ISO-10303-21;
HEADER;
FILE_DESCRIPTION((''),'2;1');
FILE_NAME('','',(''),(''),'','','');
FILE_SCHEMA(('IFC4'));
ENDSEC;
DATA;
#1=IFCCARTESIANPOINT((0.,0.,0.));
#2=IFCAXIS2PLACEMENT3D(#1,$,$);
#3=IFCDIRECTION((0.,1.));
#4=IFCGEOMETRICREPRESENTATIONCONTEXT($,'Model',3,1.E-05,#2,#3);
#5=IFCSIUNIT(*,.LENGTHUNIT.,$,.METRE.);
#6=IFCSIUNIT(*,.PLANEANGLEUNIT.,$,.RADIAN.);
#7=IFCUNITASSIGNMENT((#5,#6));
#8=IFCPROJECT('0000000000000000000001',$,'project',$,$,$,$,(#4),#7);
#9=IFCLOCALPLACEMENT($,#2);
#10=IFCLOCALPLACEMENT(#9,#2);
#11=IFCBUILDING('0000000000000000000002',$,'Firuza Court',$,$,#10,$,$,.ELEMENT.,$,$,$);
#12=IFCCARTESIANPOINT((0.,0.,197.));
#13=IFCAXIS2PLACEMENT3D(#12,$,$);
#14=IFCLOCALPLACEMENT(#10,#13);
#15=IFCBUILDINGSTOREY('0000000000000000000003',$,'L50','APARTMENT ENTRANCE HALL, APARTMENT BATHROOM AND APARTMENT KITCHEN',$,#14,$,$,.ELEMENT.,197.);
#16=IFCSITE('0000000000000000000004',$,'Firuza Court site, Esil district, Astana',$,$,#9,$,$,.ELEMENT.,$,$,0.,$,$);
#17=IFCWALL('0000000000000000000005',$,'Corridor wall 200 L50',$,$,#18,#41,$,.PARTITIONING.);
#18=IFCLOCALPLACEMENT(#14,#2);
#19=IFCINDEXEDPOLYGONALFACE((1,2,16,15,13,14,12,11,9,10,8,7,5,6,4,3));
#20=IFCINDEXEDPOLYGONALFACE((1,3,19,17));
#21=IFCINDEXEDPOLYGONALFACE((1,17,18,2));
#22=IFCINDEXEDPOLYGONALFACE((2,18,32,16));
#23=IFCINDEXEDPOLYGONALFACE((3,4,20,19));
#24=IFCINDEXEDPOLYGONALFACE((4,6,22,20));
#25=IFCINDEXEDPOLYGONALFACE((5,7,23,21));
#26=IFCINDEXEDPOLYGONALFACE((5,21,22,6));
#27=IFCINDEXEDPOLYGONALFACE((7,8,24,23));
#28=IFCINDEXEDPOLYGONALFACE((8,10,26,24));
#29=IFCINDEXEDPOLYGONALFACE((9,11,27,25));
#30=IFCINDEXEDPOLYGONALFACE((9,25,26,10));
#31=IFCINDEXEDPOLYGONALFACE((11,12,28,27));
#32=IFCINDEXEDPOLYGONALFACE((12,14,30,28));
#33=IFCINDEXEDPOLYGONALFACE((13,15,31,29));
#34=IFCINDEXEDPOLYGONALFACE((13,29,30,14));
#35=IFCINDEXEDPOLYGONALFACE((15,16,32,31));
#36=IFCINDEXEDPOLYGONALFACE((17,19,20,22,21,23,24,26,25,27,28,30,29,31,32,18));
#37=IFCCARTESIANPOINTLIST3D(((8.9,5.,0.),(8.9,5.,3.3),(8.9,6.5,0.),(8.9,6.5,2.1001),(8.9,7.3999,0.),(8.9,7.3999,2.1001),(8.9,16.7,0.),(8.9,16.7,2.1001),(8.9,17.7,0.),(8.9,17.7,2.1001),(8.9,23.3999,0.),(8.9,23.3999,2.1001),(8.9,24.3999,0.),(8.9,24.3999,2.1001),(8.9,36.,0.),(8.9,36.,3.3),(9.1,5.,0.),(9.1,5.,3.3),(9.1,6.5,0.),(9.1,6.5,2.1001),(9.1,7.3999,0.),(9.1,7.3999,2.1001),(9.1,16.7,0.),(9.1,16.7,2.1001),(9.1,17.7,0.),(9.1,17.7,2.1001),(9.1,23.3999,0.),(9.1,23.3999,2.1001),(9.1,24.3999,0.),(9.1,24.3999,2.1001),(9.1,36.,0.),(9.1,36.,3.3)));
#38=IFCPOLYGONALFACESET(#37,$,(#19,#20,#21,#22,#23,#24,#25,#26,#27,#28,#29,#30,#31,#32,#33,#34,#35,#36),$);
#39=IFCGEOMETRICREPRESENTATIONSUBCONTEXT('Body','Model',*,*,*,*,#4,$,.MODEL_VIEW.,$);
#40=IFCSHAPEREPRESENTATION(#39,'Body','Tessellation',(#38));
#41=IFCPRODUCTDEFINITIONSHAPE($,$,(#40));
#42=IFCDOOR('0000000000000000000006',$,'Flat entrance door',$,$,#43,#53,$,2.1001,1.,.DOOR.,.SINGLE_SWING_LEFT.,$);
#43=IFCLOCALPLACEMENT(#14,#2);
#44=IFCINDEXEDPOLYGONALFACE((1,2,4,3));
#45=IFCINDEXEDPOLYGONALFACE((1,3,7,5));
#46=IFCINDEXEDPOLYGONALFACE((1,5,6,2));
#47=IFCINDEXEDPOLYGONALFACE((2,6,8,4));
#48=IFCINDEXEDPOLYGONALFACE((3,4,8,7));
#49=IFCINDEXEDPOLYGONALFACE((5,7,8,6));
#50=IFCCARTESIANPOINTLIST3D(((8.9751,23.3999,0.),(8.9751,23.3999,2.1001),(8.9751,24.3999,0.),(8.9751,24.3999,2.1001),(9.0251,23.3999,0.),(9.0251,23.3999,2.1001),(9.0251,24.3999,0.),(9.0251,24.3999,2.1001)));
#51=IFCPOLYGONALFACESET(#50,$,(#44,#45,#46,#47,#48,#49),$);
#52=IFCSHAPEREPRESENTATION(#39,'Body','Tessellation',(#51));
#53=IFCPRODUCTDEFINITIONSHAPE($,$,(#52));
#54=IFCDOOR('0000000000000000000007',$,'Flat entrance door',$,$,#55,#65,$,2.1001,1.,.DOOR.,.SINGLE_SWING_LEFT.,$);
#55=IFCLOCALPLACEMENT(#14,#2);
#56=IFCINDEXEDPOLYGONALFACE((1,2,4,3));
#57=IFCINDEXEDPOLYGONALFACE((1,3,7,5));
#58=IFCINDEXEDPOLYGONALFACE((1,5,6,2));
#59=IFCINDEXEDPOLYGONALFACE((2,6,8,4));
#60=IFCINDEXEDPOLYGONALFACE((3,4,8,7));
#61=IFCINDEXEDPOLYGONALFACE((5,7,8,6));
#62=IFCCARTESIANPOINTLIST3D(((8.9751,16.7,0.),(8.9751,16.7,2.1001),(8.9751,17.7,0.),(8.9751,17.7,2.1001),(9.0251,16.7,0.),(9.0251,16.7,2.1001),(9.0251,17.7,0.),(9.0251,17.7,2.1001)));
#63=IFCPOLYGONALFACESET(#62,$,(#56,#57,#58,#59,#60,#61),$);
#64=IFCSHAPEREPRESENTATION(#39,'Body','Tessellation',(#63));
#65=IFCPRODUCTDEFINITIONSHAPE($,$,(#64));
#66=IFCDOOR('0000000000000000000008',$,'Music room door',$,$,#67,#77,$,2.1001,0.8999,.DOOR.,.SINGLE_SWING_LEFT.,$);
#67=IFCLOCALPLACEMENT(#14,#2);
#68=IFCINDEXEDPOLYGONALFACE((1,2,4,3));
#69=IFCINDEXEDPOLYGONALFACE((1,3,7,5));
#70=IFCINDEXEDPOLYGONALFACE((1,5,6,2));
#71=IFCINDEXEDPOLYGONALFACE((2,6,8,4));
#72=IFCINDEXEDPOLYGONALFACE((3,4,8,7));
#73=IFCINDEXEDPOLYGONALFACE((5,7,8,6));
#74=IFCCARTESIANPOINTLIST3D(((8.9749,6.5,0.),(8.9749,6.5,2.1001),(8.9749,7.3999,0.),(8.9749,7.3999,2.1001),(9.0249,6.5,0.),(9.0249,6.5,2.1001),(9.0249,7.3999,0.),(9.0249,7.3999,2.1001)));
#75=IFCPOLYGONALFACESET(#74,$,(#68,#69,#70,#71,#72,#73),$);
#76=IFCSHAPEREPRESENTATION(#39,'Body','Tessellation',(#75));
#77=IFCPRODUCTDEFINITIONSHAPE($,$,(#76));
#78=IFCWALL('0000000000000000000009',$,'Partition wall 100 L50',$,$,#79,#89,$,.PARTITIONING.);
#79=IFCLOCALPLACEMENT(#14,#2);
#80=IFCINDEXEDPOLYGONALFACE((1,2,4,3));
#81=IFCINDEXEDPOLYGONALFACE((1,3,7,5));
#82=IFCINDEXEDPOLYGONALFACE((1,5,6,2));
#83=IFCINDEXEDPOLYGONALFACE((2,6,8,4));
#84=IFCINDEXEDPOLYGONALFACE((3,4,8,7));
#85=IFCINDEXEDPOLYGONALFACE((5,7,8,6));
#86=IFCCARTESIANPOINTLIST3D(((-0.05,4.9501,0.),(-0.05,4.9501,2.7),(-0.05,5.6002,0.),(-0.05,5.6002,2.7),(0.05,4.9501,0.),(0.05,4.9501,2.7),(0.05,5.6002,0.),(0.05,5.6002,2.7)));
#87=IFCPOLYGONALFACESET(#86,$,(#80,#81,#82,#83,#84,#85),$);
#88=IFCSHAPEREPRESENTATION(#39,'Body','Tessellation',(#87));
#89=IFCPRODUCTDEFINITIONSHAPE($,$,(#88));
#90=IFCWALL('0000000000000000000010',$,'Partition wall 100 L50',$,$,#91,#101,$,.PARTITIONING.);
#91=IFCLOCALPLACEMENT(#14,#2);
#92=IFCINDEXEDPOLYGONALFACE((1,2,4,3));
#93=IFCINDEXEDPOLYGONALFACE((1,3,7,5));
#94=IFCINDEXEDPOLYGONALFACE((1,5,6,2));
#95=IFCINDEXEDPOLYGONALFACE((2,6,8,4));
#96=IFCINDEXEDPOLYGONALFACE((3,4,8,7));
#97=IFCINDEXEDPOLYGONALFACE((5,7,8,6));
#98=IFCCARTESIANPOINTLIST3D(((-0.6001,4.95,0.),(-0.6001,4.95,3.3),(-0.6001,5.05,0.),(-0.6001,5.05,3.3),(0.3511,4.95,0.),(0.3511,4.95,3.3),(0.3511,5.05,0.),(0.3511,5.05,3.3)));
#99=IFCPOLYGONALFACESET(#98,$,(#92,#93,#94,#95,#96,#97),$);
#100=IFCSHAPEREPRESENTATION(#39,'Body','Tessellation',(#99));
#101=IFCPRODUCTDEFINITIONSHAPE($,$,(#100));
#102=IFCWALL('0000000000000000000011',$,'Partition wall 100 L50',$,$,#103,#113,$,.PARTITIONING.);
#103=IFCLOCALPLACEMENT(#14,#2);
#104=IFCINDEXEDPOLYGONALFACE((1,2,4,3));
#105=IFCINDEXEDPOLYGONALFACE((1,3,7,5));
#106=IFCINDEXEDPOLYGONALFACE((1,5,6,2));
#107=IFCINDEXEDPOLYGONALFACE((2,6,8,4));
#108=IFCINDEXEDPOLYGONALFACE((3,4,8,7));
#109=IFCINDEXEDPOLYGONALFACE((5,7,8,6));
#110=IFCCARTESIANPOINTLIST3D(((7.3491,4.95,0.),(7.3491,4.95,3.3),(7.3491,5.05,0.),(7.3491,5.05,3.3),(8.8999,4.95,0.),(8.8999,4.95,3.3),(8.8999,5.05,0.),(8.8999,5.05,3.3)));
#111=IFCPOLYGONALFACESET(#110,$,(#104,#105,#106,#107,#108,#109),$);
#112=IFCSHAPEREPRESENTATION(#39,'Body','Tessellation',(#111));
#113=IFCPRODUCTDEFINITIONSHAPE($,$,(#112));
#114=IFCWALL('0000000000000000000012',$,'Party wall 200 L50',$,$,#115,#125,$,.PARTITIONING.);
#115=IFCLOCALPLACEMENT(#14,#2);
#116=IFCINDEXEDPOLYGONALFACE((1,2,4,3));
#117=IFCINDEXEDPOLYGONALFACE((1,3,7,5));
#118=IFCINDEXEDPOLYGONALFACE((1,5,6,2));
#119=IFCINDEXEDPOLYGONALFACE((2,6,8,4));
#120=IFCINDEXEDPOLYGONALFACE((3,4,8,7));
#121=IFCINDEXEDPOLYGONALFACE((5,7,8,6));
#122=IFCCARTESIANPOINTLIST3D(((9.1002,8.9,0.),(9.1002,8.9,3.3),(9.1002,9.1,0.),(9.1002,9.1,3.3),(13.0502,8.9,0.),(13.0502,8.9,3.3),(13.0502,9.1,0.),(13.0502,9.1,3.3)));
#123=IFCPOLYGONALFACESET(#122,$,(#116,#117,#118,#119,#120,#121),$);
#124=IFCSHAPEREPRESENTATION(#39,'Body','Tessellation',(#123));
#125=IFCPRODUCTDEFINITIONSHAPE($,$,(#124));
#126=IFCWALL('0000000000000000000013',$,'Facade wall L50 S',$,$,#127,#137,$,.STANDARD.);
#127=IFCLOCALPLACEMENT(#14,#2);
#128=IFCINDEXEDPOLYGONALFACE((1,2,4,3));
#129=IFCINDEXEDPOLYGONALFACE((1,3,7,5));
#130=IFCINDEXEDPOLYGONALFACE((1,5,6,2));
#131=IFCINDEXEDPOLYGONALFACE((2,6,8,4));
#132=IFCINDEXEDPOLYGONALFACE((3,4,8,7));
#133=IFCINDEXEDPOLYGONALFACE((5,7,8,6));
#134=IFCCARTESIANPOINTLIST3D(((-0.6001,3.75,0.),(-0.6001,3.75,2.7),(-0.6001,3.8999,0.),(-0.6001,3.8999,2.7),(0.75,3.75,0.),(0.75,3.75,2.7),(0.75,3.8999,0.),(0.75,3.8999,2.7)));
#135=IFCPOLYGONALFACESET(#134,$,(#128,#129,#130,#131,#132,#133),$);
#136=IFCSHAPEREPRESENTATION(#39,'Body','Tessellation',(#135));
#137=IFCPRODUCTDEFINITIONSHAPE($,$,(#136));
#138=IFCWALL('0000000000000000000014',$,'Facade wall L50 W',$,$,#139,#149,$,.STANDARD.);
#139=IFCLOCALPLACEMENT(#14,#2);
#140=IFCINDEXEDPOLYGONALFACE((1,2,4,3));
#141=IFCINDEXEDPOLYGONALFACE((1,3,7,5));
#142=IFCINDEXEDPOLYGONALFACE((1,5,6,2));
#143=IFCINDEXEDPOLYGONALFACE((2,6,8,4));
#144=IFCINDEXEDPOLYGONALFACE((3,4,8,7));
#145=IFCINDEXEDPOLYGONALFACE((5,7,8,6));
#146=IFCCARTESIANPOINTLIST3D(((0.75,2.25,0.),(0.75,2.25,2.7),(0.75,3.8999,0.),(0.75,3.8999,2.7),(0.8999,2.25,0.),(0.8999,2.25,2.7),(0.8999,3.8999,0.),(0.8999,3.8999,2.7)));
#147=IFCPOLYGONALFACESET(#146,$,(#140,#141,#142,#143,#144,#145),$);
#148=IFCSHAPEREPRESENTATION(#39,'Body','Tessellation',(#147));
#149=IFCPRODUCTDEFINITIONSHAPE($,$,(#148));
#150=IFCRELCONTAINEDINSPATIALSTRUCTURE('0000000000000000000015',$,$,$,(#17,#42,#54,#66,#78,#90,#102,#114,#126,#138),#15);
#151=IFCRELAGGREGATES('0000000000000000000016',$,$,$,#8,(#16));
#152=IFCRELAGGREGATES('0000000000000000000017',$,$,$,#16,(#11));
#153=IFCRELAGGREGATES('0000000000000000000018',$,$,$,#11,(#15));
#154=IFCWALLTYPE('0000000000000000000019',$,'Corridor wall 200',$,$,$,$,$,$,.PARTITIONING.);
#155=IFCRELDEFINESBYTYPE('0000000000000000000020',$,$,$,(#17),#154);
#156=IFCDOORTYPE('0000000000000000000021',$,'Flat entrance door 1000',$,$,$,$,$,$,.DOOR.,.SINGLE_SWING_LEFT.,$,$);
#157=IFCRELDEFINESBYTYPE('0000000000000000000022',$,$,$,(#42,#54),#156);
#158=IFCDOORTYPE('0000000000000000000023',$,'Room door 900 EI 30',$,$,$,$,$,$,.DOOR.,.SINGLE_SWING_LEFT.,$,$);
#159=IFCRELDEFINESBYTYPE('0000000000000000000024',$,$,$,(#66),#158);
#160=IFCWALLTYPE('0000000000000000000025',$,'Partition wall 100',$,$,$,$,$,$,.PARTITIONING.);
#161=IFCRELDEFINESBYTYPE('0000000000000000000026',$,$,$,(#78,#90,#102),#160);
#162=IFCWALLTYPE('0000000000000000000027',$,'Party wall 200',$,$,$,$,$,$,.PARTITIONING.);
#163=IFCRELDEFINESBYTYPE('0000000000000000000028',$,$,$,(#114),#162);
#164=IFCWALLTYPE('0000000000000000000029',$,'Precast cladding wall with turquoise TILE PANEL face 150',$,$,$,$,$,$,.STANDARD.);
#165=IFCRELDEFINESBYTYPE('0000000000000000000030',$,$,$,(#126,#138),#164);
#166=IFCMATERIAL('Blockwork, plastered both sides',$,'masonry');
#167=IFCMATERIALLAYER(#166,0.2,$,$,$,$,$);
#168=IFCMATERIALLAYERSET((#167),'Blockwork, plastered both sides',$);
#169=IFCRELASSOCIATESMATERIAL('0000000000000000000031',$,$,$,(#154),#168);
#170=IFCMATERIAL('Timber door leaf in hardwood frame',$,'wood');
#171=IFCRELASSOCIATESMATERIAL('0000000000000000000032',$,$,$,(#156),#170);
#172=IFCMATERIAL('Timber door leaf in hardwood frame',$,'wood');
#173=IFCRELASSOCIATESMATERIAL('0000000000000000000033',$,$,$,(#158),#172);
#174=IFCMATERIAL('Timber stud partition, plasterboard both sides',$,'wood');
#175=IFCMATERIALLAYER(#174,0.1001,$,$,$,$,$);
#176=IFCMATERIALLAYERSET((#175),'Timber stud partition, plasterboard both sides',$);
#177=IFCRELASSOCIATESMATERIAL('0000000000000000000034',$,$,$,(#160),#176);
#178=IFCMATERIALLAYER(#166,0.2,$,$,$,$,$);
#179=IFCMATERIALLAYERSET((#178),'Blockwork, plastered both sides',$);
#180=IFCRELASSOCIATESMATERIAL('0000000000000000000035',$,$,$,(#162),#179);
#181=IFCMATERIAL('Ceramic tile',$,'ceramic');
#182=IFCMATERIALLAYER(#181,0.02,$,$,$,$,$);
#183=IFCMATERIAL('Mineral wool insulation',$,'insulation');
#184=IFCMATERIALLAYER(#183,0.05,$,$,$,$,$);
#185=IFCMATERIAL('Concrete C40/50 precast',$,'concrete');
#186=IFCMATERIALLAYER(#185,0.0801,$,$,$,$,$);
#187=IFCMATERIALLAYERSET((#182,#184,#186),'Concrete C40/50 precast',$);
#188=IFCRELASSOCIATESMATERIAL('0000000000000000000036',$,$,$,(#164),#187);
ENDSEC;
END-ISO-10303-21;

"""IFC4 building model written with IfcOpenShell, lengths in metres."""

from ifc_helpers import new_model, si_unit, direction, frame, frame_2d, origin, place, context, subcontext, project, spatial, rectangle, extrude, material, layer, layer_set, type_object, element, fill, save


model = new_model("IFC4")

# Units and contexts
model_context = context("Model", 3, precision=1e-05, world=origin(), true_north=direction((0.0, 1.0)))
body_context = subcontext(model_context, "Body", "Model", "MODEL_VIEW")
ifc_project = project(units=[si_unit("LENGTHUNIT", "METRE"), si_unit("PLANEANGLEUNIT", "RADIAN")], contexts=[model_context])

# Site, building, storey
site_placement = place(None, origin())
site = spatial("IfcSite", under=ifc_project, at=site_placement, Name="Firuza Court site, Esil district, Astana", CompositionType="ELEMENT", RefElevation=0.0)
building_placement = place(site_placement, origin())
building = spatial("IfcBuilding", under=site, at=building_placement, Name="Firuza Court", CompositionType="ELEMENT")
storey_placement = place(building_placement, frame((0.0, 0.0, 197.0)))
storey = spatial("IfcBuildingStorey", under=building, at=storey_placement, Name="L50", Description="APARTMENT ENTRANCE HALL, APARTMENT BATHROOM AND APARTMENT KITCHEN", CompositionType="ELEMENT", Elevation=197.0)

# Wall, openings, doors
ifc_material_1 = material(Name="Blockwork, plastered both sides", Category="masonry")
ifc_layer_1 = layer(ifc_material_1, 0.2)
ifc_layer_set_1 = layer_set([ifc_layer_1], Name="Blockwork, plastered both sides")
wall_type_1 = type_object("IfcWallType", Name="Corridor wall 200", PredefinedType="PARTITIONING", material=ifc_layer_set_1)
wall_1_placement = place(storey_placement, frame((9.0, 5.0, 0.0), z_axis=(0.0, 0.0, 1.0), x_axis=(0.0, 1.0, 0.0)))
wall_1 = element("IfcWall", 1, at=wall_1_placement, inside=storey, type_object=wall_type_1, Name="Corridor wall 200 L50", PredefinedType="PARTITIONING", context=body_context, shape_type="SweptSolid", body=[
    extrude(rectangle(XDim=31.0, YDim=0.2, at=frame_2d((15.5, 0.0))), origin(), (0.0, 0.0, 1.0), 3.3),
])
opening_1_placement = place(wall_1_placement, frame((18.3999, 0.0, 0.0)))
opening_1 = element("IfcOpeningElement", 2, at=opening_1_placement, cuts=wall_1, PredefinedType="OPENING", context=body_context, shape_type="SweptSolid", body=[
    extrude(rectangle(XDim=1.0, YDim=2.1001, at=frame_2d((0.5, 1.05))), frame((0.0, 0.1118, 0.0), z_axis=(0.0, -1.0, 0.0), x_axis=(1.0, 0.0, 0.0)), (0.0, 0.0, 1.0), 0.2239),
])
opening_2_placement = place(wall_1_placement, frame((11.7, 0.0, 0.0)))
opening_2 = element("IfcOpeningElement", 3, at=opening_2_placement, cuts=wall_1, PredefinedType="OPENING", context=body_context, shape_type="SweptSolid", body=[
    extrude(rectangle(XDim=1.0, YDim=2.1001, at=frame_2d((0.5, 1.05))), frame((0.0, 0.1118, 0.0), z_axis=(0.0, -1.0, 0.0), x_axis=(1.0, 0.0, 0.0)), (0.0, 0.0, 1.0), 0.2239),
])
opening_3_placement = place(wall_1_placement, frame((1.5, 0.0, 0.0)))
opening_3 = element("IfcOpeningElement", 4, at=opening_3_placement, cuts=wall_1, PredefinedType="OPENING", context=body_context, shape_type="SweptSolid", body=[
    extrude(rectangle(XDim=0.8999, YDim=2.1001, at=frame_2d((0.45, 1.05))), frame((0.0, 0.1118, 0.0), z_axis=(0.0, -1.0, 0.0), x_axis=(1.0, 0.0, 0.0)), (0.0, 0.0, 1.0), 0.2239),
])
ifc_material_2 = material(Name="Timber door leaf in hardwood frame", Category="wood")
door_type_1 = type_object("IfcDoorType", Name="Flat entrance door 1000", OperationType="SINGLE_SWING_LEFT", PredefinedType="DOOR", material=ifc_material_2)
door_1_placement = place(opening_1_placement, origin())
door_1 = element("IfcDoor", 5, at=door_1_placement, inside=storey, type_object=door_type_1, Name="Flat entrance door", OperationType="SINGLE_SWING_LEFT", OverallHeight=2.1001, OverallWidth=1.0, PredefinedType="DOOR", context=body_context, shape_type="SweptSolid", body=[
    extrude(rectangle(XDim=1.0, YDim=2.1001, at=frame_2d((0.5, 1.05))), frame((0.0, 0.0249, 0.0), z_axis=(0.0, -1.0, 0.0), x_axis=(1.0, 0.0, 0.0)), (0.0, 0.0, 1.0), 0.05),
])
fill(opening_1, door_1)
door_2_placement = place(opening_2_placement, origin())
door_2 = element("IfcDoor", 6, at=door_2_placement, inside=storey, type_object=door_type_1, Name="Flat entrance door", OperationType="SINGLE_SWING_LEFT", OverallHeight=2.1001, OverallWidth=1.0, PredefinedType="DOOR", context=body_context, shape_type="SweptSolid", body=[
    extrude(rectangle(XDim=1.0, YDim=2.1001, at=frame_2d((0.5, 1.05))), frame((0.0, 0.0249, 0.0), z_axis=(0.0, -1.0, 0.0), x_axis=(1.0, 0.0, 0.0)), (0.0, 0.0, 1.0), 0.05),
])
fill(opening_2, door_2)
ifc_material_3 = material(Name="Timber door leaf in hardwood frame", Category="wood")
door_type_2 = type_object("IfcDoorType", Name="Room door 900 EI 30", OperationType="SINGLE_SWING_LEFT", PredefinedType="DOOR", material=ifc_material_3)
door_3_placement = place(opening_3_placement, frame((0.8999, 0.0, 0.0), z_axis=(0.0, 0.0, 1.0), x_axis=(-1.0, 0.0, 0.0)))
door_3 = element("IfcDoor", 7, at=door_3_placement, inside=storey, type_object=door_type_2, Name="Music room door", OperationType="SINGLE_SWING_LEFT", OverallHeight=2.1001, OverallWidth=0.8999, PredefinedType="DOOR", context=body_context, shape_type="SweptSolid", body=[
    extrude(rectangle(XDim=0.8999, YDim=2.1001, at=frame_2d((0.45, 1.05))), frame((0.0, 0.0249, 0.0), z_axis=(0.0, -1.0, 0.0), x_axis=(1.0, 0.0, 0.0)), (0.0, 0.0, 1.0), 0.05),
])
fill(opening_3, door_3)

# Walls
ifc_material_4 = material(Name="Timber stud partition, plasterboard both sides", Category="wood")
ifc_layer_2 = layer(ifc_material_4, 0.1001)
ifc_layer_set_2 = layer_set([ifc_layer_2], Name="Timber stud partition, plasterboard both sides")
wall_type_2 = type_object("IfcWallType", Name="Partition wall 100", PredefinedType="PARTITIONING", material=ifc_layer_set_2)
wall_2_placement = place(storey_placement, frame((0.0, 4.95, 0.0), z_axis=(0.0, 0.0, 1.0), x_axis=(0.0, 1.0, 0.0)))
element("IfcWall", 8, at=wall_2_placement, inside=storey, type_object=wall_type_2, Name="Partition wall 100 L50", PredefinedType="PARTITIONING", context=body_context, shape_type="SweptSolid", body=[
    extrude(rectangle(XDim=0.6501, YDim=0.1001, at=frame_2d((0.3252, 0.0))), origin(), (0.0, 0.0, 1.0), 2.7),
])
wall_3_placement = place(storey_placement, frame((-0.6001, 5.0, 0.0), z_axis=(0.0, 0.0, 1.0), x_axis=(1.0, 0.0, 0.0)))
element("IfcWall", 9, at=wall_3_placement, inside=storey, type_object=wall_type_2, Name="Partition wall 100 L50", PredefinedType="PARTITIONING", context=body_context, shape_type="SweptSolid", body=[
    extrude(rectangle(XDim=0.9512, YDim=0.1001, at=frame_2d((0.4756, 0.0))), origin(), (0.0, 0.0, 1.0), 3.3),
])
wall_4_placement = place(storey_placement, frame((7.3491, 5.0, 0.0), z_axis=(0.0, 0.0, 1.0), x_axis=(1.0, 0.0, 0.0)))
element("IfcWall", 10, at=wall_4_placement, inside=storey, type_object=wall_type_2, Name="Partition wall 100 L50", PredefinedType="PARTITIONING", context=body_context, shape_type="SweptSolid", body=[
    extrude(rectangle(XDim=1.5508, YDim=0.1001, at=frame_2d((0.7754, 0.0))), origin(), (0.0, 0.0, 1.0), 3.3),
])
ifc_layer_3 = layer(ifc_material_1, 0.2)
ifc_layer_set_3 = layer_set([ifc_layer_3], Name="Blockwork, plastered both sides")
wall_type_3 = type_object("IfcWallType", Name="Party wall 200", PredefinedType="PARTITIONING", material=ifc_layer_set_3)
wall_5_placement = place(storey_placement, frame((9.1001, 9.0, 0.0), z_axis=(0.0, 0.0, 1.0), x_axis=(1.0, 0.0, 0.0)))
element("IfcWall", 11, at=wall_5_placement, inside=storey, type_object=wall_type_3, Name="Party wall 200 L50", PredefinedType="PARTITIONING", context=body_context, shape_type="SweptSolid", body=[
    extrude(rectangle(XDim=3.95, YDim=0.2, at=frame_2d((1.9751, 0.0))), origin(), (0.0, 0.0, 1.0), 3.3),
])
ifc_material_5 = material(Name="Ceramic tile", Category="ceramic")
ifc_layer_4 = layer(ifc_material_5, 0.02)
ifc_material_6 = material(Name="Mineral wool insulation", Category="insulation")
ifc_layer_5 = layer(ifc_material_6, 0.05)
ifc_material_7 = material(Name="Concrete C40/50 precast", Category="concrete")
ifc_layer_6 = layer(ifc_material_7, 0.0801)
ifc_layer_set_4 = layer_set([ifc_layer_4, ifc_layer_5, ifc_layer_6], Name="Concrete C40/50 precast")
wall_type_4 = type_object("IfcWallType", Name="Precast cladding wall with turquoise TILE PANEL face 150", PredefinedType="STANDARD", material=ifc_layer_set_4)
wall_6_placement = place(storey_placement, frame((-0.6001, 3.825, 0.0), z_axis=(0.0, 0.0, 1.0), x_axis=(1.0, 0.0, 0.0)))
element("IfcWall", 12, at=wall_6_placement, inside=storey, type_object=wall_type_4, Name="Facade wall L50 S", PredefinedType="STANDARD", context=body_context, shape_type="SweptSolid", body=[
    extrude(rectangle(XDim=1.3501, YDim=0.1499, at=frame_2d((0.675, 0.0))), origin(), (0.0, 0.0, 1.0), 2.7),
])
wall_7_placement = place(storey_placement, frame((0.825, 3.8999, 0.0), z_axis=(0.0, 0.0, 1.0), x_axis=(0.0, -1.0, 0.0)))
element("IfcWall", 13, at=wall_7_placement, inside=storey, type_object=wall_type_4, Name="Facade wall L50 W", PredefinedType="STANDARD", context=body_context, shape_type="SweptSolid", body=[
    extrude(rectangle(XDim=1.6499, YDim=0.1499, at=frame_2d((0.825, 0.0))), origin(), (0.0, 0.0, 1.0), 2.7),
])

save(model, "model.ifc")
